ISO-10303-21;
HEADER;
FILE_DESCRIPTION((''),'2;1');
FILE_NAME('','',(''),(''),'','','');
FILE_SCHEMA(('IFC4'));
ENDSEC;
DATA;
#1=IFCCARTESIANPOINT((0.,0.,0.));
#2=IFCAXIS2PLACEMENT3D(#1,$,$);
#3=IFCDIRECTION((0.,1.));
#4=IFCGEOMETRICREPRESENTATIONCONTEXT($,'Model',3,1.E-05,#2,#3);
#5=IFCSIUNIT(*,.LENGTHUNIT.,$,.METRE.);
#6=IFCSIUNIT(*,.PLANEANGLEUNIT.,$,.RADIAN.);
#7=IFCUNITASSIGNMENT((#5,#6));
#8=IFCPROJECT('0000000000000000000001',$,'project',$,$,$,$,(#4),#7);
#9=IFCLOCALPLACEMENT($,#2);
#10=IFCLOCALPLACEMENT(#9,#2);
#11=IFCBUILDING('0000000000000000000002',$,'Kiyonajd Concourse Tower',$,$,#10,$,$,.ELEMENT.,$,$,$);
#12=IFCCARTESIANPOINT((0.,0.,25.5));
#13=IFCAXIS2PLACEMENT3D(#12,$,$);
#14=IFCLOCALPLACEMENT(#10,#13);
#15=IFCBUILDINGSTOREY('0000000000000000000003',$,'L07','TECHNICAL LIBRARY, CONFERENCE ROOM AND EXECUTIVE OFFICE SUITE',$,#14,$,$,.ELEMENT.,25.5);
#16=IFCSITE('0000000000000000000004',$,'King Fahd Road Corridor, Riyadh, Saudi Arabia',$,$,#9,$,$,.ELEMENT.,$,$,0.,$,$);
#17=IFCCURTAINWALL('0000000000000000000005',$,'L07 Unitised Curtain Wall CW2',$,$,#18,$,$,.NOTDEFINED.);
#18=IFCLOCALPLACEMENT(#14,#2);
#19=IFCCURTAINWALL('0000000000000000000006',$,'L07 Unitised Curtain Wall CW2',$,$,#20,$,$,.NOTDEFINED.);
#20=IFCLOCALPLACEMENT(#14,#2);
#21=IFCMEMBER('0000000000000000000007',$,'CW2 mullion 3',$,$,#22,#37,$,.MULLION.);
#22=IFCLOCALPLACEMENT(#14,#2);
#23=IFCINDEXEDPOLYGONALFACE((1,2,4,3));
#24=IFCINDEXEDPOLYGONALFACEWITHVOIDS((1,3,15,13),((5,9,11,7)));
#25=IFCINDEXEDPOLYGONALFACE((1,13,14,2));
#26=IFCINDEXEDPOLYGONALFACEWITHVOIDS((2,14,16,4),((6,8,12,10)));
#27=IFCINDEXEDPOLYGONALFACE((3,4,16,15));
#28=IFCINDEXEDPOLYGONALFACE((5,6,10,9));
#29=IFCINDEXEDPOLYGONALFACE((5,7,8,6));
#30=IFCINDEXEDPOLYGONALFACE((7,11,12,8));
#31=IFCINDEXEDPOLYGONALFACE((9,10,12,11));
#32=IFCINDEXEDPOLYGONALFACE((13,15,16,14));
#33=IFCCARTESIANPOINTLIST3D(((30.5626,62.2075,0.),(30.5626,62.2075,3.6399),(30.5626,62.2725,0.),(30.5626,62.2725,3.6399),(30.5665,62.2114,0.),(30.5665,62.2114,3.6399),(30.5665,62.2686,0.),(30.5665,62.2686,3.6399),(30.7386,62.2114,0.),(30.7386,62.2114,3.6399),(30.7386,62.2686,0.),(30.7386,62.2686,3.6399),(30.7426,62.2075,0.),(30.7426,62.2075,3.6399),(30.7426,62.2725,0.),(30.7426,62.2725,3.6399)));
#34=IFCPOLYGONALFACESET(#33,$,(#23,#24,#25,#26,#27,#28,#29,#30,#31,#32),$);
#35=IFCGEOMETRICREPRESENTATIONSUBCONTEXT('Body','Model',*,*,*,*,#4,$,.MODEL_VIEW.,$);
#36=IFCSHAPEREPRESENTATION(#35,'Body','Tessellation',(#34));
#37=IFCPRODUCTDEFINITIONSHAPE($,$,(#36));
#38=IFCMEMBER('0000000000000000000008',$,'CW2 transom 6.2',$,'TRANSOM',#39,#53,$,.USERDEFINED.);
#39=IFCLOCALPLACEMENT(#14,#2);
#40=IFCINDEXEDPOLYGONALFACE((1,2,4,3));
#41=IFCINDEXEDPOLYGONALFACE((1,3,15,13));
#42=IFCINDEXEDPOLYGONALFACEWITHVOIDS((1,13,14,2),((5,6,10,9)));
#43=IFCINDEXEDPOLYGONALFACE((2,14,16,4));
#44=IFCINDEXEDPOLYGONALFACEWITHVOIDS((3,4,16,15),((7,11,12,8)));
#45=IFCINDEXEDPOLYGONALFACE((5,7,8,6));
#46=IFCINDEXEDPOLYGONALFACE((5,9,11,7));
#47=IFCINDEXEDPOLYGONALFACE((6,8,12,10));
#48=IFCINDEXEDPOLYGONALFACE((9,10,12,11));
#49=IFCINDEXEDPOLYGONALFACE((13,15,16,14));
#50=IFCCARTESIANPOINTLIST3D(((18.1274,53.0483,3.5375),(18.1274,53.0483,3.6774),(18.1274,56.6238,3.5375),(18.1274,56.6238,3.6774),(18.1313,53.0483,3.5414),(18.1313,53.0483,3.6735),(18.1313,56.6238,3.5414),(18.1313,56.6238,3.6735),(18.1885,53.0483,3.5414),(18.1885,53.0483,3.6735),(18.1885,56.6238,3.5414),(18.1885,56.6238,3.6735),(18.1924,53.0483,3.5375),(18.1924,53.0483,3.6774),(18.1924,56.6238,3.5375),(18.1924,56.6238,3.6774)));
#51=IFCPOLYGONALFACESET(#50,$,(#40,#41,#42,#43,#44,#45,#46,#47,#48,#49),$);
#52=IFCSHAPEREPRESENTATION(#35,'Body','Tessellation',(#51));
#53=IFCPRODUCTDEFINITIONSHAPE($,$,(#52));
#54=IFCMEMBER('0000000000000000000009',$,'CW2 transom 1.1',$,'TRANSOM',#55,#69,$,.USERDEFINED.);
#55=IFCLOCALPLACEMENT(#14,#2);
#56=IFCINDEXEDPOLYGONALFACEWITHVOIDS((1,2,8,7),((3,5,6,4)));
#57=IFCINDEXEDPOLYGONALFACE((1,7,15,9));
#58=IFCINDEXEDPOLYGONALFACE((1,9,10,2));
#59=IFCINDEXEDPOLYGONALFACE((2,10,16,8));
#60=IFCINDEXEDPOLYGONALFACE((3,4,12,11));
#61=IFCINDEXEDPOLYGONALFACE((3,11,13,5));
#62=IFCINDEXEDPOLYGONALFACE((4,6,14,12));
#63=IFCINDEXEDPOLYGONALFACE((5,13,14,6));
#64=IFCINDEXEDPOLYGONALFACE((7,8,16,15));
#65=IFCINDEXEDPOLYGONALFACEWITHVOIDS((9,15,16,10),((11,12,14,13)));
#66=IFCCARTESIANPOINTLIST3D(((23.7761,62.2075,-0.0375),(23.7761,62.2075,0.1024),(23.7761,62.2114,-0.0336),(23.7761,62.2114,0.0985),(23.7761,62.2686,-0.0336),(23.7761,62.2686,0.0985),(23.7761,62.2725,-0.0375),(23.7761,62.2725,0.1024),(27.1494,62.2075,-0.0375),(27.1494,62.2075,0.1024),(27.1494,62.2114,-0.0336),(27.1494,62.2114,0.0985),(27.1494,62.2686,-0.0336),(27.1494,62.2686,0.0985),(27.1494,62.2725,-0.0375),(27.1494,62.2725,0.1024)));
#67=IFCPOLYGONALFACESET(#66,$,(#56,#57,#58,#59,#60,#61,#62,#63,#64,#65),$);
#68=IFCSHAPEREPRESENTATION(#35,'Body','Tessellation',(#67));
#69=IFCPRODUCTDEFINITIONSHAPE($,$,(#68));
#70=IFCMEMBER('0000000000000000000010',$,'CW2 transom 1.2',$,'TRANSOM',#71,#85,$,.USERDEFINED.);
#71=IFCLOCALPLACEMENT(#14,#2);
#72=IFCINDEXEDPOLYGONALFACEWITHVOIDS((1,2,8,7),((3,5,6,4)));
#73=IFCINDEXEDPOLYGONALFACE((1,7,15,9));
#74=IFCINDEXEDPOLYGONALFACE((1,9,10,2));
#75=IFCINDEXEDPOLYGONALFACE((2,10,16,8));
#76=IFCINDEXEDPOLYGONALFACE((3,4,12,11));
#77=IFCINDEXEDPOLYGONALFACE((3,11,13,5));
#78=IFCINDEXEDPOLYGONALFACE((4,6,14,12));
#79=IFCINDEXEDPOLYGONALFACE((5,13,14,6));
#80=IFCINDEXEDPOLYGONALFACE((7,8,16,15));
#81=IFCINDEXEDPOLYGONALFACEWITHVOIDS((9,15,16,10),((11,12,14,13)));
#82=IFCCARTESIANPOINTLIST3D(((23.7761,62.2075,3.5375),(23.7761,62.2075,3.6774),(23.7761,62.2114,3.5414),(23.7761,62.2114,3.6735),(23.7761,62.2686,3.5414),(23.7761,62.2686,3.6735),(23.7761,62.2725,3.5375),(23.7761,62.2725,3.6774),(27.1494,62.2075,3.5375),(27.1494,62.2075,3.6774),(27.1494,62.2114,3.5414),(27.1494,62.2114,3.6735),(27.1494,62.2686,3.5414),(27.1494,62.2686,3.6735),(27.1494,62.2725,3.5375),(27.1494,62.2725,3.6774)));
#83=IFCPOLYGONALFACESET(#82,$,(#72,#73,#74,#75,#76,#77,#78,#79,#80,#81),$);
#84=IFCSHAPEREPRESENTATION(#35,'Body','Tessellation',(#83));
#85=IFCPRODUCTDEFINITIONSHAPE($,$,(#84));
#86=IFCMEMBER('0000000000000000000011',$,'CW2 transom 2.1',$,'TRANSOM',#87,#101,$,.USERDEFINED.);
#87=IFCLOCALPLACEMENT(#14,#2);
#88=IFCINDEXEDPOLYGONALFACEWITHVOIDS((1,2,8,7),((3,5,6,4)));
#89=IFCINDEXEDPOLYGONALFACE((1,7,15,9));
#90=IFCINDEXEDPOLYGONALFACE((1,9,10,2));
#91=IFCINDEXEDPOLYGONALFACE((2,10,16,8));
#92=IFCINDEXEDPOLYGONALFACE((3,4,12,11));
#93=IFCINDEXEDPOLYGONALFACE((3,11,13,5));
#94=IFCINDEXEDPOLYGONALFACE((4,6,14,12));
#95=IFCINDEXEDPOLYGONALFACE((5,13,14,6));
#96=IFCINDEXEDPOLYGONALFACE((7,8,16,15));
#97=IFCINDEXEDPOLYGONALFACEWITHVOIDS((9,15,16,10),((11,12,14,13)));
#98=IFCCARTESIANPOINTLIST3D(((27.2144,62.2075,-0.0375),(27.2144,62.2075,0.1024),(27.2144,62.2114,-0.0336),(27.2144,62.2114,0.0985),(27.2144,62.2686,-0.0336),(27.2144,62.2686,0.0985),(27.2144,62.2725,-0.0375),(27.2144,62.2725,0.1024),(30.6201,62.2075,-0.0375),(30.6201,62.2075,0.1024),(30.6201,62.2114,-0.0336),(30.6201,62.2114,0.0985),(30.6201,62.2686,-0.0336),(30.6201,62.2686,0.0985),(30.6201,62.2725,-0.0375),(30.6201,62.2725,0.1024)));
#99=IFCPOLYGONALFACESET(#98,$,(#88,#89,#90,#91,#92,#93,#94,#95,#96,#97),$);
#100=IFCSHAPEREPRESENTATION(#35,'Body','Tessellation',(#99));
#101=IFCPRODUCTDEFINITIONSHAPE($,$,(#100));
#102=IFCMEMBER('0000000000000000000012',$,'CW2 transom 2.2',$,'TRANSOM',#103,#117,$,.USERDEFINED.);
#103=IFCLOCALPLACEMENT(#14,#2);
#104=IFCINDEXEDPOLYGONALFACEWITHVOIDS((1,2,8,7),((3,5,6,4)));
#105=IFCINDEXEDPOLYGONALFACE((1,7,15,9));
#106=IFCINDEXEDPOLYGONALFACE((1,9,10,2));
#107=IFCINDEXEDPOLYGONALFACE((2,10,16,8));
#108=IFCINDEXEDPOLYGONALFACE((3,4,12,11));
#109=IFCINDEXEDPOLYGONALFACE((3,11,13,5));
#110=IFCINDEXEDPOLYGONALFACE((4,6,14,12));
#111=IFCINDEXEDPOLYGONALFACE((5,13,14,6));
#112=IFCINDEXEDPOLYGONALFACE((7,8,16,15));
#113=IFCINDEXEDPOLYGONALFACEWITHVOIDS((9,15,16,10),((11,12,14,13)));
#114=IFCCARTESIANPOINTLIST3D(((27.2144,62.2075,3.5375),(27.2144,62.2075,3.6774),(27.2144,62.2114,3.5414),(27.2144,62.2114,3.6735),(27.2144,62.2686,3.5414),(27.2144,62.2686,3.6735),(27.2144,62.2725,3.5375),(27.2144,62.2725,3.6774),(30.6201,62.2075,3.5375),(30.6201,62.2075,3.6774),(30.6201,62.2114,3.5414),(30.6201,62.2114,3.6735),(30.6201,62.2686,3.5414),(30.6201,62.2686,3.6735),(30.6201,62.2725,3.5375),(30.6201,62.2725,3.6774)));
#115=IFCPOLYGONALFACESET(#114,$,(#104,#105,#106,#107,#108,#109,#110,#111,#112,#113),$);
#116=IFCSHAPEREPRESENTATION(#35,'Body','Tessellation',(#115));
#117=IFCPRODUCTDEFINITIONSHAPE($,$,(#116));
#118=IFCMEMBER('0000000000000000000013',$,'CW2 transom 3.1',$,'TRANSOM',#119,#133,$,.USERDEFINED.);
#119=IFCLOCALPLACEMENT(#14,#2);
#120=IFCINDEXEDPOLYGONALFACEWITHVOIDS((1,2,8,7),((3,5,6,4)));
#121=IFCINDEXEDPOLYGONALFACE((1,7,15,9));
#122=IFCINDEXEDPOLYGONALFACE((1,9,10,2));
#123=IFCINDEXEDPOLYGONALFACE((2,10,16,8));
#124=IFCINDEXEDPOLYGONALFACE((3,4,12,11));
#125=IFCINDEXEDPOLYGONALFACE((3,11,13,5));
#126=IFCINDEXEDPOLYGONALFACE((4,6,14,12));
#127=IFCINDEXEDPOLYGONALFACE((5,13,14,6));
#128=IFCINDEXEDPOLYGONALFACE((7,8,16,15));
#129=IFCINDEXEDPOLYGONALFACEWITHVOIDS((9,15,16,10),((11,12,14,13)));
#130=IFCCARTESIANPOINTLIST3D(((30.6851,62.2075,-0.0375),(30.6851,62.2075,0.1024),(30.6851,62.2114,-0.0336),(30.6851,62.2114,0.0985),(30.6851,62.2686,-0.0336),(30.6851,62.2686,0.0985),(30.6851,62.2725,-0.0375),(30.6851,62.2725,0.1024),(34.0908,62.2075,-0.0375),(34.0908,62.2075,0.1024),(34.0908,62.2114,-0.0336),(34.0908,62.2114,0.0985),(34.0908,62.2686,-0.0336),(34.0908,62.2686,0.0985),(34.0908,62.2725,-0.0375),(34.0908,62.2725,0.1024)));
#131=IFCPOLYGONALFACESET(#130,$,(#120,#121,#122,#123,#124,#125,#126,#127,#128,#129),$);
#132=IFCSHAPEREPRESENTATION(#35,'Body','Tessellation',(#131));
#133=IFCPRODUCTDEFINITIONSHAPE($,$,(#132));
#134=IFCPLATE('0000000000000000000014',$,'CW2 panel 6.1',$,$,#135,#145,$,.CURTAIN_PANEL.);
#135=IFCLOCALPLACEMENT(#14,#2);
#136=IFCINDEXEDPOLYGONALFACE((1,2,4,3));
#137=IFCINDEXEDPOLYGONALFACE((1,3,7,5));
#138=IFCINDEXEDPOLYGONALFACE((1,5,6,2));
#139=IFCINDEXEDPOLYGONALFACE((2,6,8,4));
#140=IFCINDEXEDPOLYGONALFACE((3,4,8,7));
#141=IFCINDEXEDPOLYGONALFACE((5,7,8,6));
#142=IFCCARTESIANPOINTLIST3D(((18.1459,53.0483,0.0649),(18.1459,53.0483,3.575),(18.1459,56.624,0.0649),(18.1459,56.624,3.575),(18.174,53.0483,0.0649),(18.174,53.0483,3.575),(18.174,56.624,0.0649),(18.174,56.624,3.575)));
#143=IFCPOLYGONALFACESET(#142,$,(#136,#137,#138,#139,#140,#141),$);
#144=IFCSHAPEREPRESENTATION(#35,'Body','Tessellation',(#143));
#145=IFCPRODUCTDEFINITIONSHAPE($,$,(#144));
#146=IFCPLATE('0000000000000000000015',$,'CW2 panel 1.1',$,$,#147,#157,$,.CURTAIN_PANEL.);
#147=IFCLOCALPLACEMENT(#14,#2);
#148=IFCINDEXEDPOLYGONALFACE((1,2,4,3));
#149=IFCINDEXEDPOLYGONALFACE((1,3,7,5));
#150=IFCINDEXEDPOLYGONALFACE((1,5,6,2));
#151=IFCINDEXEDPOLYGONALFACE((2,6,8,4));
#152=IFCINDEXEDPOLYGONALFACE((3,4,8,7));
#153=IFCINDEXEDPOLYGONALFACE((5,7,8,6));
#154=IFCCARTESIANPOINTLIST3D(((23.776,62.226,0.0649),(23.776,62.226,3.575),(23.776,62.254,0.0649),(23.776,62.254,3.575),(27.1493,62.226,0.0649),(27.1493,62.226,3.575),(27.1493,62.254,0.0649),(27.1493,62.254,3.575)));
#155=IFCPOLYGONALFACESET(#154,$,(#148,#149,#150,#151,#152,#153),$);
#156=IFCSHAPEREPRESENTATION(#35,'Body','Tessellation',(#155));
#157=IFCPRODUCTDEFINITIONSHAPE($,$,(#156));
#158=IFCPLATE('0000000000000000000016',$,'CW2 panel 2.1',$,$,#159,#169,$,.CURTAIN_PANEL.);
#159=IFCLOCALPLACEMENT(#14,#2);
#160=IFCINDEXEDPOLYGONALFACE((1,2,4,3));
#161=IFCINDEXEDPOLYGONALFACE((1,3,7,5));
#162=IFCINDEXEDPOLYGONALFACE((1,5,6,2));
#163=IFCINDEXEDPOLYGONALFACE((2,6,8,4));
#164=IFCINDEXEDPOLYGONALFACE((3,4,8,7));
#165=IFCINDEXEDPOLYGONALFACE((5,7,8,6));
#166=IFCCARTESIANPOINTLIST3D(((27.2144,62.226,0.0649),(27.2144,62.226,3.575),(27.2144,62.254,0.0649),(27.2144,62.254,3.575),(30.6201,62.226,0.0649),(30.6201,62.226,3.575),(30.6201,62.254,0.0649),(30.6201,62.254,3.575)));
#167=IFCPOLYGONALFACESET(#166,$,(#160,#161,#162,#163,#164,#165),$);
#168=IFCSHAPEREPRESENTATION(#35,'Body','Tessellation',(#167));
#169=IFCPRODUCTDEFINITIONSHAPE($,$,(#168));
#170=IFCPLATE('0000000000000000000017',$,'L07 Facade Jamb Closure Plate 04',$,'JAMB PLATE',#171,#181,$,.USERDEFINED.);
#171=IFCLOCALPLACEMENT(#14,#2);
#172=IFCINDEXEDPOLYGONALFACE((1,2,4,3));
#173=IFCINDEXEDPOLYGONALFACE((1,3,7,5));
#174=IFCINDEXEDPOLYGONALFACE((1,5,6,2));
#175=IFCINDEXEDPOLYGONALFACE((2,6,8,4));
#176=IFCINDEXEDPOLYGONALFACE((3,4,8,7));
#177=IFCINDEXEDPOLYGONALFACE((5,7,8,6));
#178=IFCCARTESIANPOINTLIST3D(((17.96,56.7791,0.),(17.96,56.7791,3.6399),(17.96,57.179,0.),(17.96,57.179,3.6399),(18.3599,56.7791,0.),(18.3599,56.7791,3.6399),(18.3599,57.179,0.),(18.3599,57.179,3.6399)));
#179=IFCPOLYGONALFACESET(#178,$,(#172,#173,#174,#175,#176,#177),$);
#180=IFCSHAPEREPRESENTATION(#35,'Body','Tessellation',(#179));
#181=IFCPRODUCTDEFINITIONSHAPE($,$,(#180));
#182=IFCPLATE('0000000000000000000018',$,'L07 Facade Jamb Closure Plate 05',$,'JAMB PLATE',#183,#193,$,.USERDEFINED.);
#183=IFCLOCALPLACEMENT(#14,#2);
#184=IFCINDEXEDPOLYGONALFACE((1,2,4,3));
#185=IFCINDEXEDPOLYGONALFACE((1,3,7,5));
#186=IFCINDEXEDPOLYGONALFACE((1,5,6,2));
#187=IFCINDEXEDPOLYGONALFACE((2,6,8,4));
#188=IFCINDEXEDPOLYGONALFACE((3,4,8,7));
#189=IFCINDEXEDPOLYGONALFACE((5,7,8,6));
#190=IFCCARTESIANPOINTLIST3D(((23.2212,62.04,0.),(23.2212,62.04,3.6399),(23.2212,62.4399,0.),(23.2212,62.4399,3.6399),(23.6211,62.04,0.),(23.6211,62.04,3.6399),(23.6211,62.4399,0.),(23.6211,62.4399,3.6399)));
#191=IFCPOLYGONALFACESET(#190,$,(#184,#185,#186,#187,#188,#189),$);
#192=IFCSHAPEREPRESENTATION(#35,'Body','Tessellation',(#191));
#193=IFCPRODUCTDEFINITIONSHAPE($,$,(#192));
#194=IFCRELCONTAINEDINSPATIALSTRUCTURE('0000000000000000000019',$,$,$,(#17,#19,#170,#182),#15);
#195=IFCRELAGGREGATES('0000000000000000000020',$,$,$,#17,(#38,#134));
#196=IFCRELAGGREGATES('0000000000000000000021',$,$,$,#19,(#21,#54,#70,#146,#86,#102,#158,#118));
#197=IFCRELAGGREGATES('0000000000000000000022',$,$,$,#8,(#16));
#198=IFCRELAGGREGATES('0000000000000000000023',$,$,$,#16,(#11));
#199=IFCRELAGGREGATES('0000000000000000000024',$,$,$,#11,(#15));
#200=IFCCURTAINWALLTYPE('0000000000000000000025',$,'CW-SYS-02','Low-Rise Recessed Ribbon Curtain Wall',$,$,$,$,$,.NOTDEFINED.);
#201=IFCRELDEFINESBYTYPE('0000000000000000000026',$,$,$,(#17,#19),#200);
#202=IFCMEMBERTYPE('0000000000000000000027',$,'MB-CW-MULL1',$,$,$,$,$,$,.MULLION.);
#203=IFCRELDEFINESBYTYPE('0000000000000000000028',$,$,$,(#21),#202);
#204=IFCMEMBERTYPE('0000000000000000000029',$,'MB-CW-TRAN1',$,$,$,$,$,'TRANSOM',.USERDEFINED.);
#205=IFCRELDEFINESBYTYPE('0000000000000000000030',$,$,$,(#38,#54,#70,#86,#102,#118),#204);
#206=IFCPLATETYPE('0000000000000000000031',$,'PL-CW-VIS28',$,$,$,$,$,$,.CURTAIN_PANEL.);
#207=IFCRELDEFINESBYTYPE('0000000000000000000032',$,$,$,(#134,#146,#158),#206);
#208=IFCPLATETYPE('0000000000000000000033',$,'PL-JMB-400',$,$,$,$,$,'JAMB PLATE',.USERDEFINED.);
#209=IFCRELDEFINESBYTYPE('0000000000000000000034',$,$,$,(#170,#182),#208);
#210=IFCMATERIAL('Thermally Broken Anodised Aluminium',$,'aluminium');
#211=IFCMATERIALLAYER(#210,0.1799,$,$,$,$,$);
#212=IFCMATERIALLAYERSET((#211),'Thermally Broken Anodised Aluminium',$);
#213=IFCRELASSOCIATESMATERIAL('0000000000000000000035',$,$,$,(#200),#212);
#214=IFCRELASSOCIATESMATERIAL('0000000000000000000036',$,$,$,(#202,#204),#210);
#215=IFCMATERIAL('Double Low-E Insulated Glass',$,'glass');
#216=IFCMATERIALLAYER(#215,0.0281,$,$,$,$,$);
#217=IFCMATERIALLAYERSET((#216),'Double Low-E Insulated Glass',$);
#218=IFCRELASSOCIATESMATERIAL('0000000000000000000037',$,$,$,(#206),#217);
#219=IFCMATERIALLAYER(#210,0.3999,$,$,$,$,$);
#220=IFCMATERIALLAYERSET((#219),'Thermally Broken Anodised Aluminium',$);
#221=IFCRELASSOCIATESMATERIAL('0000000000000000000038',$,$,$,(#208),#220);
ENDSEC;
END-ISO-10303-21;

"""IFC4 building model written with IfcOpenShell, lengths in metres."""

from ifc_helpers import new_model, si_unit, direction, frame, origin, origin_2d, place, context, subcontext, project, spatial, rectangle, hollow_rectangle, extrude, material, layer, layer_set, material_profile, profile_set, type_object, element, aggregate, save


model = new_model("IFC4")

# Units and contexts
model_context = context("Model", 3, precision=1e-05, world=origin(), true_north=direction((0.0, 1.0)))
body_context = subcontext(model_context, "Body", "Model", "MODEL_VIEW")
ifc_project = project(units=[si_unit("LENGTHUNIT", "METRE"), si_unit("PLANEANGLEUNIT", "RADIAN")], contexts=[model_context])

# Site, building, storey
site_placement = place(None, origin())
site = spatial("IfcSite", under=ifc_project, at=site_placement, Name="King Fahd Road Corridor, Riyadh, Saudi Arabia", CompositionType="ELEMENT", RefElevation=0.0)
building_placement = place(site_placement, origin())
building = spatial("IfcBuilding", under=site, at=building_placement, Name="Kiyonajd Concourse Tower", CompositionType="ELEMENT")
storey_placement = place(building_placement, frame((0.0, 0.0, 25.5)))
storey = spatial("IfcBuildingStorey", under=building, at=storey_placement, Name="L07", Description="TECHNICAL LIBRARY, CONFERENCE ROOM AND EXECUTIVE OFFICE SUITE", CompositionType="ELEMENT", Elevation=25.5)

# Curtain wall
ifc_material_1 = material(Name="Thermally Broken Anodised Aluminium", Category="aluminium")
ifc_layer_1 = layer(ifc_material_1, 0.1799)
ifc_layer_set_1 = layer_set([ifc_layer_1], Name="Thermally Broken Anodised Aluminium")
curtain_wall_type = type_object("IfcCurtainWallType", Name="CW-SYS-02", Description="Low-Rise Recessed Ribbon Curtain Wall", PredefinedType="NOTDEFINED", material=ifc_layer_set_1)
curtain_wall_1_placement = place(storey_placement, origin())
curtain_wall_1 = element("IfcCurtainWall", 1, at=curtain_wall_1_placement, inside=storey, type_object=curtain_wall_type, Name="L07 Unitised Curtain Wall CW2", PredefinedType="NOTDEFINED")
ifc_material_profile_1 = material_profile(ifc_material_1, hollow_rectangle(XDim=0.0649, YDim=0.1799, WallThickness=0.0039, at=origin_2d()), Name="MULL-65x180")
ifc_profile_set_1 = profile_set([ifc_material_profile_1], Name="Thermally Broken Anodised Aluminium")
member_type_1 = type_object("IfcMemberType", Name="MB-CW-MULL1", PredefinedType="MULLION", material=ifc_profile_set_1)

# Curtain wall, member
curtain_wall_2_placement = place(storey_placement, origin())
curtain_wall_2 = element("IfcCurtainWall", 2, at=curtain_wall_2_placement, inside=storey, type_object=curtain_wall_type, Name="L07 Unitised Curtain Wall CW2", PredefinedType="NOTDEFINED")
member_1_placement = place(storey_placement, frame((30.6526, 62.24, 0.0), z_axis=(0.0, 0.0, 1.0), x_axis=(0.0, 1.0, 0.0)))
member_1 = element("IfcMember", 3, at=member_1_placement, type_object=member_type_1, Name="CW2 mullion 3", PredefinedType="MULLION", context=body_context, shape_type="SweptSolid", body=[
    extrude(hollow_rectangle(XDim=0.0649, YDim=0.1799, WallThickness=0.0039, at=origin_2d()), origin(), (0.0, 0.0, 1.0), 3.6399),
])

# Members
ifc_material_profile_2 = material_profile(ifc_material_1, hollow_rectangle(XDim=0.0649, YDim=0.1399, WallThickness=0.0039, at=origin_2d()), Name="TRAN-65x140")
ifc_profile_set_2 = profile_set([ifc_material_profile_2], Name="Thermally Broken Anodised Aluminium")
member_type_2 = type_object("IfcMemberType", Name="MB-CW-TRAN1", ElementType="TRANSOM", PredefinedType="USERDEFINED", material=ifc_profile_set_2)
member_2_placement = place(storey_placement, frame((18.1599, 53.0483, 3.6074), z_axis=(0.0, 1.0, 0.0), x_axis=(-1.0, 0.0, 0.0)))
member_2 = element("IfcMember", 4, at=member_2_placement, type_object=member_type_2, Name="CW2 transom 6.2", ObjectType="TRANSOM", PredefinedType="USERDEFINED", context=body_context, shape_type="SweptSolid", body=[
    extrude(hollow_rectangle(XDim=0.0649, YDim=0.1399, WallThickness=0.0039, at=origin_2d()), origin(), (0.0, 0.0, 1.0), 3.5754),
])
member_3_placement = place(storey_placement, frame((23.7761, 62.24, 0.0325), z_axis=(1.0, 0.0, 0.0), x_axis=(0.0, 1.0, 0.0)))
member_3 = element("IfcMember", 5, at=member_3_placement, type_object=member_type_2, Name="CW2 transom 1.1", ObjectType="TRANSOM", PredefinedType="USERDEFINED", context=body_context, shape_type="SweptSolid", body=[
    extrude(hollow_rectangle(XDim=0.0649, YDim=0.1399, WallThickness=0.0039, at=origin_2d()), origin(), (0.0, 0.0, 1.0), 3.3733),
])
member_4_placement = place(storey_placement, frame((23.7761, 62.24, 3.6074), z_axis=(1.0, 0.0, 0.0), x_axis=(0.0, 1.0, 0.0)))
member_4 = element("IfcMember", 6, at=member_4_placement, type_object=member_type_2, Name="CW2 transom 1.2", ObjectType="TRANSOM", PredefinedType="USERDEFINED", context=body_context, shape_type="SweptSolid", body=[
    extrude(hollow_rectangle(XDim=0.0649, YDim=0.1399, WallThickness=0.0039, at=origin_2d()), origin(), (0.0, 0.0, 1.0), 3.3733),
])
member_5_placement = place(storey_placement, frame((27.2144, 62.24, 0.0325), z_axis=(1.0, 0.0, 0.0), x_axis=(0.0, 1.0, 0.0)))
member_5 = element("IfcMember", 7, at=member_5_placement, type_object=member_type_2, Name="CW2 transom 2.1", ObjectType="TRANSOM", PredefinedType="USERDEFINED", context=body_context, shape_type="SweptSolid", body=[
    extrude(hollow_rectangle(XDim=0.0649, YDim=0.1399, WallThickness=0.0039, at=origin_2d()), origin(), (0.0, 0.0, 1.0), 3.4058),
])
member_6_placement = place(storey_placement, frame((27.2144, 62.24, 3.6074), z_axis=(1.0, 0.0, 0.0), x_axis=(0.0, 1.0, 0.0)))
member_6 = element("IfcMember", 8, at=member_6_placement, type_object=member_type_2, Name="CW2 transom 2.2", ObjectType="TRANSOM", PredefinedType="USERDEFINED", context=body_context, shape_type="SweptSolid", body=[
    extrude(hollow_rectangle(XDim=0.0649, YDim=0.1399, WallThickness=0.0039, at=origin_2d()), origin(), (0.0, 0.0, 1.0), 3.4058),
])
member_7_placement = place(storey_placement, frame((30.6851, 62.24, 0.0325), z_axis=(1.0, 0.0, 0.0), x_axis=(0.0, 1.0, 0.0)))
member_7 = element("IfcMember", 9, at=member_7_placement, type_object=member_type_2, Name="CW2 transom 3.1", ObjectType="TRANSOM", PredefinedType="USERDEFINED", context=body_context, shape_type="SweptSolid", body=[
    extrude(hollow_rectangle(XDim=0.0649, YDim=0.1399, WallThickness=0.0039, at=origin_2d()), origin(), (0.0, 0.0, 1.0), 3.4058),
])

# Plates
ifc_material_2 = material(Name="Double Low-E Insulated Glass", Category="glass")
ifc_layer_2 = layer(ifc_material_2, 0.0281)
ifc_layer_set_2 = layer_set([ifc_layer_2], Name="Double Low-E Insulated Glass")
plate_type_1 = type_object("IfcPlateType", Name="PL-CW-VIS28", PredefinedType="CURTAIN_PANEL", material=ifc_layer_set_2)
plate_1_placement = place(storey_placement, frame((18.1599, 54.8362, 0.0649), z_axis=(0.0, 0.0, 1.0), x_axis=(0.0, 1.0, 0.0)))
plate_1 = element("IfcPlate", 10, at=plate_1_placement, type_object=plate_type_1, Name="CW2 panel 6.1", PredefinedType="CURTAIN_PANEL", context=body_context, shape_type="SweptSolid", body=[
    extrude(rectangle(XDim=3.5757, YDim=0.0281, at=origin_2d()), origin(), (0.0, 0.0, 1.0), 3.51),
])
aggregate(curtain_wall_1, [member_2, plate_1])
plate_2_placement = place(storey_placement, frame((25.4626, 62.24, 0.0649), z_axis=(0.0, 0.0, 1.0), x_axis=(1.0, 0.0, 0.0)))
plate_2 = element("IfcPlate", 11, at=plate_2_placement, type_object=plate_type_1, Name="CW2 panel 1.1", PredefinedType="CURTAIN_PANEL", context=body_context, shape_type="SweptSolid", body=[
    extrude(rectangle(XDim=3.3733, YDim=0.0281, at=origin_2d()), origin(), (0.0, 0.0, 1.0), 3.51),
])
plate_3_placement = place(storey_placement, frame((28.9172, 62.24, 0.0649), z_axis=(0.0, 0.0, 1.0), x_axis=(1.0, 0.0, 0.0)))
plate_3 = element("IfcPlate", 12, at=plate_3_placement, type_object=plate_type_1, Name="CW2 panel 2.1", PredefinedType="CURTAIN_PANEL", context=body_context, shape_type="SweptSolid", body=[
    extrude(rectangle(XDim=3.4058, YDim=0.0281, at=origin_2d()), origin(), (0.0, 0.0, 1.0), 3.51),
])
aggregate(curtain_wall_2, [member_1, member_3, member_4, plate_2, member_5, member_6, plate_3, member_7])

# Plates
ifc_layer_3 = layer(ifc_material_1, 0.3999)
ifc_layer_set_3 = layer_set([ifc_layer_3], Name="Thermally Broken Anodised Aluminium")
plate_type_2 = type_object("IfcPlateType", Name="PL-JMB-400", ElementType="JAMB PLATE", PredefinedType="USERDEFINED", material=ifc_layer_set_3)
for number, where, z_axis, x_axis, name in (
    (13, (18.1599, 56.979, 0.0), (0.0, 0.0, 1.0), (1.0, 0.0, 0.0), "L07 Facade Jamb Closure Plate 04"),
    (14, (23.4211, 62.24, 0.0), (0.0, 0.0, 1.0), (1.0, 0.0, 0.0), "L07 Facade Jamb Closure Plate 05"),
):
    element("IfcPlate", number, at=place(storey_placement, frame(where, z_axis=z_axis, x_axis=x_axis)), inside=storey, type_object=plate_type_2, Name=name, ObjectType="JAMB PLATE", PredefinedType="USERDEFINED", context=body_context, shape_type="SweptSolid", body=[
        extrude(rectangle(XDim=0.3999, YDim=0.3999, at=origin_2d()), origin(), (0.0, 0.0, 1.0), 3.6399),
    ])

save(model, "model.ifc")
